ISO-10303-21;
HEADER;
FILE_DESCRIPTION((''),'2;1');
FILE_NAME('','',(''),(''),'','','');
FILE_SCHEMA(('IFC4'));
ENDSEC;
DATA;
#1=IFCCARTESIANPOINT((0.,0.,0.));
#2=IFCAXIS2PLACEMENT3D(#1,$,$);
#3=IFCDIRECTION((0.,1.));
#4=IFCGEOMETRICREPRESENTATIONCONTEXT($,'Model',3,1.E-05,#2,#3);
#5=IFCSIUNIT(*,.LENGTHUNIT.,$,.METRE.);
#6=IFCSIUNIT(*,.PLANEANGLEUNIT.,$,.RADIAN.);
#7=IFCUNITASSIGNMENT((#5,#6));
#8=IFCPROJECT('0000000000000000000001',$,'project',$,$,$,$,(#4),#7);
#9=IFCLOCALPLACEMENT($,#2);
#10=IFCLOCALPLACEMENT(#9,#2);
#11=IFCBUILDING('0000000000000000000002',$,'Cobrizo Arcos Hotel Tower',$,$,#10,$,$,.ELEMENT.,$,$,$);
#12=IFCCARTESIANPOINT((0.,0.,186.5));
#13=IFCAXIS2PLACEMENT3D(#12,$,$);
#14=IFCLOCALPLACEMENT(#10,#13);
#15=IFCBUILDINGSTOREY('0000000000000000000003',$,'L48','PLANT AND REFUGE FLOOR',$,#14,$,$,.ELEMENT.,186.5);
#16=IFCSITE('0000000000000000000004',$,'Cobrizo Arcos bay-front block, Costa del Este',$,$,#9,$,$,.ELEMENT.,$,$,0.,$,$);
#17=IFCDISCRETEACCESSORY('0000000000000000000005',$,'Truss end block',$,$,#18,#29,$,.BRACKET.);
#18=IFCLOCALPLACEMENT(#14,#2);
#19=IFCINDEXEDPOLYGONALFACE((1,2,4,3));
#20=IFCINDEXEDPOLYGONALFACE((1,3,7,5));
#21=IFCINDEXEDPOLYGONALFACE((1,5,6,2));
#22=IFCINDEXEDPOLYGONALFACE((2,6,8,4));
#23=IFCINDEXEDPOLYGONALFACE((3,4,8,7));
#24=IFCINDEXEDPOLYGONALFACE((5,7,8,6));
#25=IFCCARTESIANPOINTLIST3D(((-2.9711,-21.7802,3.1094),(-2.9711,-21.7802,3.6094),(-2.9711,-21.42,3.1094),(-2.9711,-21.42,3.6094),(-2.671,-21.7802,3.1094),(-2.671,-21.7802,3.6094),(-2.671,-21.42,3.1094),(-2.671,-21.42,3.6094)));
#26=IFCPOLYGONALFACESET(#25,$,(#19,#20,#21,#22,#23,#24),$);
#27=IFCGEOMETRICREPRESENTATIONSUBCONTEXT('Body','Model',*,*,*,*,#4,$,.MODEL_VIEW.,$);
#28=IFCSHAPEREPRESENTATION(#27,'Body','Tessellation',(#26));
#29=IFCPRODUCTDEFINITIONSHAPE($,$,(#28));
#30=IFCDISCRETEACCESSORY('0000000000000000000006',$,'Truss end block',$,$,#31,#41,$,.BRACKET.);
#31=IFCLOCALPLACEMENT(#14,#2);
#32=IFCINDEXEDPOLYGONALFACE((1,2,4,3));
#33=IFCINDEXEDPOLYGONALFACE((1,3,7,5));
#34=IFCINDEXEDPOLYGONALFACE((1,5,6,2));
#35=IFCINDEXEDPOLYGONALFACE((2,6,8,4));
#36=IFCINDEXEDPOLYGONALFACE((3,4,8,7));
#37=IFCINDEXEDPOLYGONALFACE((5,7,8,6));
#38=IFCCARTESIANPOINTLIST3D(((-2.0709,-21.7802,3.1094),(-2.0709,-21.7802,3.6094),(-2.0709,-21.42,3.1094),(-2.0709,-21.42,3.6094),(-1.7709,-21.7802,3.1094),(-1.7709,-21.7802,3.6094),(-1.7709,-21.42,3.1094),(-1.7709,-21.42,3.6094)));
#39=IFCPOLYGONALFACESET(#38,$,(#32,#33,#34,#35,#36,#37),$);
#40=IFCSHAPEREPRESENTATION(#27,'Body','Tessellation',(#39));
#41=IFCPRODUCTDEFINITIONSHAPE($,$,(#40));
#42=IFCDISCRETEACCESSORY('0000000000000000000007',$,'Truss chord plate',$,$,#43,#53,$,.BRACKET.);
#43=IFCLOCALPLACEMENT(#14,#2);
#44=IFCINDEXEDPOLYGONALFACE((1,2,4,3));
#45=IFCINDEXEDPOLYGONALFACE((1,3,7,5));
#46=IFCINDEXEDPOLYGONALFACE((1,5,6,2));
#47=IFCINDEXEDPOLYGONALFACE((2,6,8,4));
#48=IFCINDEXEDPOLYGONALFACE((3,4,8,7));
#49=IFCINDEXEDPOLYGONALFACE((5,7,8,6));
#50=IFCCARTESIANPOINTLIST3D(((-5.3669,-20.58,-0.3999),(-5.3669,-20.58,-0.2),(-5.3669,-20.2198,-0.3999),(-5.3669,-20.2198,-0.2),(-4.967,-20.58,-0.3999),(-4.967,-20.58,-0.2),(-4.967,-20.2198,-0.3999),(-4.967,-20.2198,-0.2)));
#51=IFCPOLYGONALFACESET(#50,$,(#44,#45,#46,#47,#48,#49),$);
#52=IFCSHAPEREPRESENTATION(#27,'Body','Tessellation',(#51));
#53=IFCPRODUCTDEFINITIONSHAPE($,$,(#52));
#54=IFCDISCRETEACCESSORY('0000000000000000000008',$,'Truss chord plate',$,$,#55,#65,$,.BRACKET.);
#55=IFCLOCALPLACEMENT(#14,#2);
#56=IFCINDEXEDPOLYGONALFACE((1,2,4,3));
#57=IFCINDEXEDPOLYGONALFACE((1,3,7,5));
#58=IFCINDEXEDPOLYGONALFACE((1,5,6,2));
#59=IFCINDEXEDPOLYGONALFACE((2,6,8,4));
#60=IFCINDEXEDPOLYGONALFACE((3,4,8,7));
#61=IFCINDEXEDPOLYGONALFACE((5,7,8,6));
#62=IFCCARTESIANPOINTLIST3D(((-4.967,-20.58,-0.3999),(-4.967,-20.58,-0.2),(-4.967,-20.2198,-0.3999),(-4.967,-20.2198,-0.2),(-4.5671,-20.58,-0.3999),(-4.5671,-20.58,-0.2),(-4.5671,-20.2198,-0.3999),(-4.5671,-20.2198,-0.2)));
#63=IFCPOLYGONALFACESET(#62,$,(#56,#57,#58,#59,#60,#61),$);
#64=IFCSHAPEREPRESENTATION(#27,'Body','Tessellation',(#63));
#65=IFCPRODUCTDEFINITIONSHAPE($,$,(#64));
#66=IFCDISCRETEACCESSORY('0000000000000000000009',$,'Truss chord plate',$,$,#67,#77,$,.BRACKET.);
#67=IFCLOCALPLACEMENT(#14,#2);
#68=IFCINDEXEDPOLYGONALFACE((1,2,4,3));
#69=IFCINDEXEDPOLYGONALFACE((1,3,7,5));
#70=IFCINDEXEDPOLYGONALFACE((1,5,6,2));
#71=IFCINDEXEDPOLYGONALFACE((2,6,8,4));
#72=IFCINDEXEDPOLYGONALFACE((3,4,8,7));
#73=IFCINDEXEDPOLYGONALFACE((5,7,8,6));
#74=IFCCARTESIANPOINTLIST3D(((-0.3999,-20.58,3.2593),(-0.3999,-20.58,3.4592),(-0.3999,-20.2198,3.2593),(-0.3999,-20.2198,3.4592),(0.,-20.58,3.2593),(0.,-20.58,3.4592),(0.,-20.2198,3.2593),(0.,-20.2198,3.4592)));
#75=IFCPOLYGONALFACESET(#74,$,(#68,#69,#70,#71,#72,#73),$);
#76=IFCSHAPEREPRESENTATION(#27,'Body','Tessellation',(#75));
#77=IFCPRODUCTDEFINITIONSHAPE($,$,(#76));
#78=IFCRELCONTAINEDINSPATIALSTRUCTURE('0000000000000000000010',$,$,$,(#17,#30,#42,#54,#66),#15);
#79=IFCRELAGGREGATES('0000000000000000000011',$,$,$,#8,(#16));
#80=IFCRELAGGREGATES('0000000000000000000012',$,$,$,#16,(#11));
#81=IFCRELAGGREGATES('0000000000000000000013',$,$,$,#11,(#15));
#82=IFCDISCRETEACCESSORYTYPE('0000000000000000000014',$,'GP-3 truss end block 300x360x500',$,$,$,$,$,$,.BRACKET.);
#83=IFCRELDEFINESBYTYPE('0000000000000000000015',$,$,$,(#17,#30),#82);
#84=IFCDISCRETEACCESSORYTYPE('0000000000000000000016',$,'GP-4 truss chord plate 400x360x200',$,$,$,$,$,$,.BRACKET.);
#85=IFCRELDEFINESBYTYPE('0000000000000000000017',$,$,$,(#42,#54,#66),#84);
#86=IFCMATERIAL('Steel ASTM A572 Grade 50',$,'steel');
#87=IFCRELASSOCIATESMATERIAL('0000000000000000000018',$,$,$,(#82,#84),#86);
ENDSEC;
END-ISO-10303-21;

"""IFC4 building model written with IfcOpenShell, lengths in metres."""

from ifc_helpers import new_model, si_unit, direction, frame, origin, origin_2d, place, context, subcontext, project, spatial, rectangle, extrude, material, type_object, element, save


model = new_model("IFC4")

# Units and contexts
model_context = context("Model", 3, precision=1e-05, world=origin(), true_north=direction((0.0, 1.0)))
body_context = subcontext(model_context, "Body", "Model", "MODEL_VIEW")
ifc_project = project(units=[si_unit("LENGTHUNIT", "METRE"), si_unit("PLANEANGLEUNIT", "RADIAN")], contexts=[model_context])

# Site, building, storey
site_placement = place(None, origin())
site = spatial("IfcSite", under=ifc_project, at=site_placement, Name="Cobrizo Arcos bay-front block, Costa del Este", CompositionType="ELEMENT", RefElevation=0.0)
building_placement = place(site_placement, origin())
building = spatial("IfcBuilding", under=site, at=building_placement, Name="Cobrizo Arcos Hotel Tower", CompositionType="ELEMENT")
storey_placement = place(building_placement, frame((0.0, 0.0, 186.5)))
storey = spatial("IfcBuildingStorey", under=building, at=storey_placement, Name="L48", Description="PLANT AND REFUGE FLOOR", CompositionType="ELEMENT", Elevation=186.5)

# Shared definitions
ifc_material_1 = material(Name="Steel ASTM A572 Grade 50", Category="steel")

# Discrete accessories
discrete_accessory_type_1 = type_object("IfcDiscreteAccessoryType", Name="GP-3 truss end block 300x360x500", PredefinedType="BRACKET", material=ifc_material_1)
for number, where, z_axis, x_axis, name in (
    (1, (-2.821, -21.6001, 3.1094), (0.0, 0.0, 1.0), (-1.0, 0.0, 0.0), "Truss end block"),
    (2, (-1.9209, -21.6001, 3.1094), (0.0, 0.0, 1.0), (1.0, 0.0, 0.0), "Truss end block"),
):
    element("IfcDiscreteAccessory", number, at=place(storey_placement, frame(where, z_axis=z_axis, x_axis=x_axis)), inside=storey, type_object=discrete_accessory_type_1, Name=name, PredefinedType="BRACKET", context=body_context, shape_type="SweptSolid", body=[
        extrude(rectangle(XDim=0.3, YDim=0.3601, at=origin_2d()), origin(), (0.0, 0.0, 1.0), 0.5),
    ])
discrete_accessory_type_2 = type_object("IfcDiscreteAccessoryType", Name="GP-4 truss chord plate 400x360x200", PredefinedType="BRACKET", material=ifc_material_1)
for number, where, z_axis, x_axis, name in (
    (3, (-5.167, -20.3999, -0.3999), (0.0, 0.0, 1.0), (1.0, 0.0, 0.0), "Truss chord plate"),
    (4, (-4.7671, -20.3999, -0.3999), (0.0, 0.0, 1.0), (1.0, 0.0, 0.0), "Truss chord plate"),
    (5, (-0.2, -20.3999, 3.2593), (0.0, 0.0, 1.0), (1.0, 0.0, 0.0), "Truss chord plate"),
):
    element("IfcDiscreteAccessory", number, at=place(storey_placement, frame(where, z_axis=z_axis, x_axis=x_axis)), inside=storey, type_object=discrete_accessory_type_2, Name=name, PredefinedType="BRACKET", context=body_context, shape_type="SweptSolid", body=[
        extrude(rectangle(XDim=0.3999, YDim=0.3601, at=origin_2d()), origin(), (0.0, 0.0, 1.0), 0.2),
    ])

save(model, "model.ifc")
